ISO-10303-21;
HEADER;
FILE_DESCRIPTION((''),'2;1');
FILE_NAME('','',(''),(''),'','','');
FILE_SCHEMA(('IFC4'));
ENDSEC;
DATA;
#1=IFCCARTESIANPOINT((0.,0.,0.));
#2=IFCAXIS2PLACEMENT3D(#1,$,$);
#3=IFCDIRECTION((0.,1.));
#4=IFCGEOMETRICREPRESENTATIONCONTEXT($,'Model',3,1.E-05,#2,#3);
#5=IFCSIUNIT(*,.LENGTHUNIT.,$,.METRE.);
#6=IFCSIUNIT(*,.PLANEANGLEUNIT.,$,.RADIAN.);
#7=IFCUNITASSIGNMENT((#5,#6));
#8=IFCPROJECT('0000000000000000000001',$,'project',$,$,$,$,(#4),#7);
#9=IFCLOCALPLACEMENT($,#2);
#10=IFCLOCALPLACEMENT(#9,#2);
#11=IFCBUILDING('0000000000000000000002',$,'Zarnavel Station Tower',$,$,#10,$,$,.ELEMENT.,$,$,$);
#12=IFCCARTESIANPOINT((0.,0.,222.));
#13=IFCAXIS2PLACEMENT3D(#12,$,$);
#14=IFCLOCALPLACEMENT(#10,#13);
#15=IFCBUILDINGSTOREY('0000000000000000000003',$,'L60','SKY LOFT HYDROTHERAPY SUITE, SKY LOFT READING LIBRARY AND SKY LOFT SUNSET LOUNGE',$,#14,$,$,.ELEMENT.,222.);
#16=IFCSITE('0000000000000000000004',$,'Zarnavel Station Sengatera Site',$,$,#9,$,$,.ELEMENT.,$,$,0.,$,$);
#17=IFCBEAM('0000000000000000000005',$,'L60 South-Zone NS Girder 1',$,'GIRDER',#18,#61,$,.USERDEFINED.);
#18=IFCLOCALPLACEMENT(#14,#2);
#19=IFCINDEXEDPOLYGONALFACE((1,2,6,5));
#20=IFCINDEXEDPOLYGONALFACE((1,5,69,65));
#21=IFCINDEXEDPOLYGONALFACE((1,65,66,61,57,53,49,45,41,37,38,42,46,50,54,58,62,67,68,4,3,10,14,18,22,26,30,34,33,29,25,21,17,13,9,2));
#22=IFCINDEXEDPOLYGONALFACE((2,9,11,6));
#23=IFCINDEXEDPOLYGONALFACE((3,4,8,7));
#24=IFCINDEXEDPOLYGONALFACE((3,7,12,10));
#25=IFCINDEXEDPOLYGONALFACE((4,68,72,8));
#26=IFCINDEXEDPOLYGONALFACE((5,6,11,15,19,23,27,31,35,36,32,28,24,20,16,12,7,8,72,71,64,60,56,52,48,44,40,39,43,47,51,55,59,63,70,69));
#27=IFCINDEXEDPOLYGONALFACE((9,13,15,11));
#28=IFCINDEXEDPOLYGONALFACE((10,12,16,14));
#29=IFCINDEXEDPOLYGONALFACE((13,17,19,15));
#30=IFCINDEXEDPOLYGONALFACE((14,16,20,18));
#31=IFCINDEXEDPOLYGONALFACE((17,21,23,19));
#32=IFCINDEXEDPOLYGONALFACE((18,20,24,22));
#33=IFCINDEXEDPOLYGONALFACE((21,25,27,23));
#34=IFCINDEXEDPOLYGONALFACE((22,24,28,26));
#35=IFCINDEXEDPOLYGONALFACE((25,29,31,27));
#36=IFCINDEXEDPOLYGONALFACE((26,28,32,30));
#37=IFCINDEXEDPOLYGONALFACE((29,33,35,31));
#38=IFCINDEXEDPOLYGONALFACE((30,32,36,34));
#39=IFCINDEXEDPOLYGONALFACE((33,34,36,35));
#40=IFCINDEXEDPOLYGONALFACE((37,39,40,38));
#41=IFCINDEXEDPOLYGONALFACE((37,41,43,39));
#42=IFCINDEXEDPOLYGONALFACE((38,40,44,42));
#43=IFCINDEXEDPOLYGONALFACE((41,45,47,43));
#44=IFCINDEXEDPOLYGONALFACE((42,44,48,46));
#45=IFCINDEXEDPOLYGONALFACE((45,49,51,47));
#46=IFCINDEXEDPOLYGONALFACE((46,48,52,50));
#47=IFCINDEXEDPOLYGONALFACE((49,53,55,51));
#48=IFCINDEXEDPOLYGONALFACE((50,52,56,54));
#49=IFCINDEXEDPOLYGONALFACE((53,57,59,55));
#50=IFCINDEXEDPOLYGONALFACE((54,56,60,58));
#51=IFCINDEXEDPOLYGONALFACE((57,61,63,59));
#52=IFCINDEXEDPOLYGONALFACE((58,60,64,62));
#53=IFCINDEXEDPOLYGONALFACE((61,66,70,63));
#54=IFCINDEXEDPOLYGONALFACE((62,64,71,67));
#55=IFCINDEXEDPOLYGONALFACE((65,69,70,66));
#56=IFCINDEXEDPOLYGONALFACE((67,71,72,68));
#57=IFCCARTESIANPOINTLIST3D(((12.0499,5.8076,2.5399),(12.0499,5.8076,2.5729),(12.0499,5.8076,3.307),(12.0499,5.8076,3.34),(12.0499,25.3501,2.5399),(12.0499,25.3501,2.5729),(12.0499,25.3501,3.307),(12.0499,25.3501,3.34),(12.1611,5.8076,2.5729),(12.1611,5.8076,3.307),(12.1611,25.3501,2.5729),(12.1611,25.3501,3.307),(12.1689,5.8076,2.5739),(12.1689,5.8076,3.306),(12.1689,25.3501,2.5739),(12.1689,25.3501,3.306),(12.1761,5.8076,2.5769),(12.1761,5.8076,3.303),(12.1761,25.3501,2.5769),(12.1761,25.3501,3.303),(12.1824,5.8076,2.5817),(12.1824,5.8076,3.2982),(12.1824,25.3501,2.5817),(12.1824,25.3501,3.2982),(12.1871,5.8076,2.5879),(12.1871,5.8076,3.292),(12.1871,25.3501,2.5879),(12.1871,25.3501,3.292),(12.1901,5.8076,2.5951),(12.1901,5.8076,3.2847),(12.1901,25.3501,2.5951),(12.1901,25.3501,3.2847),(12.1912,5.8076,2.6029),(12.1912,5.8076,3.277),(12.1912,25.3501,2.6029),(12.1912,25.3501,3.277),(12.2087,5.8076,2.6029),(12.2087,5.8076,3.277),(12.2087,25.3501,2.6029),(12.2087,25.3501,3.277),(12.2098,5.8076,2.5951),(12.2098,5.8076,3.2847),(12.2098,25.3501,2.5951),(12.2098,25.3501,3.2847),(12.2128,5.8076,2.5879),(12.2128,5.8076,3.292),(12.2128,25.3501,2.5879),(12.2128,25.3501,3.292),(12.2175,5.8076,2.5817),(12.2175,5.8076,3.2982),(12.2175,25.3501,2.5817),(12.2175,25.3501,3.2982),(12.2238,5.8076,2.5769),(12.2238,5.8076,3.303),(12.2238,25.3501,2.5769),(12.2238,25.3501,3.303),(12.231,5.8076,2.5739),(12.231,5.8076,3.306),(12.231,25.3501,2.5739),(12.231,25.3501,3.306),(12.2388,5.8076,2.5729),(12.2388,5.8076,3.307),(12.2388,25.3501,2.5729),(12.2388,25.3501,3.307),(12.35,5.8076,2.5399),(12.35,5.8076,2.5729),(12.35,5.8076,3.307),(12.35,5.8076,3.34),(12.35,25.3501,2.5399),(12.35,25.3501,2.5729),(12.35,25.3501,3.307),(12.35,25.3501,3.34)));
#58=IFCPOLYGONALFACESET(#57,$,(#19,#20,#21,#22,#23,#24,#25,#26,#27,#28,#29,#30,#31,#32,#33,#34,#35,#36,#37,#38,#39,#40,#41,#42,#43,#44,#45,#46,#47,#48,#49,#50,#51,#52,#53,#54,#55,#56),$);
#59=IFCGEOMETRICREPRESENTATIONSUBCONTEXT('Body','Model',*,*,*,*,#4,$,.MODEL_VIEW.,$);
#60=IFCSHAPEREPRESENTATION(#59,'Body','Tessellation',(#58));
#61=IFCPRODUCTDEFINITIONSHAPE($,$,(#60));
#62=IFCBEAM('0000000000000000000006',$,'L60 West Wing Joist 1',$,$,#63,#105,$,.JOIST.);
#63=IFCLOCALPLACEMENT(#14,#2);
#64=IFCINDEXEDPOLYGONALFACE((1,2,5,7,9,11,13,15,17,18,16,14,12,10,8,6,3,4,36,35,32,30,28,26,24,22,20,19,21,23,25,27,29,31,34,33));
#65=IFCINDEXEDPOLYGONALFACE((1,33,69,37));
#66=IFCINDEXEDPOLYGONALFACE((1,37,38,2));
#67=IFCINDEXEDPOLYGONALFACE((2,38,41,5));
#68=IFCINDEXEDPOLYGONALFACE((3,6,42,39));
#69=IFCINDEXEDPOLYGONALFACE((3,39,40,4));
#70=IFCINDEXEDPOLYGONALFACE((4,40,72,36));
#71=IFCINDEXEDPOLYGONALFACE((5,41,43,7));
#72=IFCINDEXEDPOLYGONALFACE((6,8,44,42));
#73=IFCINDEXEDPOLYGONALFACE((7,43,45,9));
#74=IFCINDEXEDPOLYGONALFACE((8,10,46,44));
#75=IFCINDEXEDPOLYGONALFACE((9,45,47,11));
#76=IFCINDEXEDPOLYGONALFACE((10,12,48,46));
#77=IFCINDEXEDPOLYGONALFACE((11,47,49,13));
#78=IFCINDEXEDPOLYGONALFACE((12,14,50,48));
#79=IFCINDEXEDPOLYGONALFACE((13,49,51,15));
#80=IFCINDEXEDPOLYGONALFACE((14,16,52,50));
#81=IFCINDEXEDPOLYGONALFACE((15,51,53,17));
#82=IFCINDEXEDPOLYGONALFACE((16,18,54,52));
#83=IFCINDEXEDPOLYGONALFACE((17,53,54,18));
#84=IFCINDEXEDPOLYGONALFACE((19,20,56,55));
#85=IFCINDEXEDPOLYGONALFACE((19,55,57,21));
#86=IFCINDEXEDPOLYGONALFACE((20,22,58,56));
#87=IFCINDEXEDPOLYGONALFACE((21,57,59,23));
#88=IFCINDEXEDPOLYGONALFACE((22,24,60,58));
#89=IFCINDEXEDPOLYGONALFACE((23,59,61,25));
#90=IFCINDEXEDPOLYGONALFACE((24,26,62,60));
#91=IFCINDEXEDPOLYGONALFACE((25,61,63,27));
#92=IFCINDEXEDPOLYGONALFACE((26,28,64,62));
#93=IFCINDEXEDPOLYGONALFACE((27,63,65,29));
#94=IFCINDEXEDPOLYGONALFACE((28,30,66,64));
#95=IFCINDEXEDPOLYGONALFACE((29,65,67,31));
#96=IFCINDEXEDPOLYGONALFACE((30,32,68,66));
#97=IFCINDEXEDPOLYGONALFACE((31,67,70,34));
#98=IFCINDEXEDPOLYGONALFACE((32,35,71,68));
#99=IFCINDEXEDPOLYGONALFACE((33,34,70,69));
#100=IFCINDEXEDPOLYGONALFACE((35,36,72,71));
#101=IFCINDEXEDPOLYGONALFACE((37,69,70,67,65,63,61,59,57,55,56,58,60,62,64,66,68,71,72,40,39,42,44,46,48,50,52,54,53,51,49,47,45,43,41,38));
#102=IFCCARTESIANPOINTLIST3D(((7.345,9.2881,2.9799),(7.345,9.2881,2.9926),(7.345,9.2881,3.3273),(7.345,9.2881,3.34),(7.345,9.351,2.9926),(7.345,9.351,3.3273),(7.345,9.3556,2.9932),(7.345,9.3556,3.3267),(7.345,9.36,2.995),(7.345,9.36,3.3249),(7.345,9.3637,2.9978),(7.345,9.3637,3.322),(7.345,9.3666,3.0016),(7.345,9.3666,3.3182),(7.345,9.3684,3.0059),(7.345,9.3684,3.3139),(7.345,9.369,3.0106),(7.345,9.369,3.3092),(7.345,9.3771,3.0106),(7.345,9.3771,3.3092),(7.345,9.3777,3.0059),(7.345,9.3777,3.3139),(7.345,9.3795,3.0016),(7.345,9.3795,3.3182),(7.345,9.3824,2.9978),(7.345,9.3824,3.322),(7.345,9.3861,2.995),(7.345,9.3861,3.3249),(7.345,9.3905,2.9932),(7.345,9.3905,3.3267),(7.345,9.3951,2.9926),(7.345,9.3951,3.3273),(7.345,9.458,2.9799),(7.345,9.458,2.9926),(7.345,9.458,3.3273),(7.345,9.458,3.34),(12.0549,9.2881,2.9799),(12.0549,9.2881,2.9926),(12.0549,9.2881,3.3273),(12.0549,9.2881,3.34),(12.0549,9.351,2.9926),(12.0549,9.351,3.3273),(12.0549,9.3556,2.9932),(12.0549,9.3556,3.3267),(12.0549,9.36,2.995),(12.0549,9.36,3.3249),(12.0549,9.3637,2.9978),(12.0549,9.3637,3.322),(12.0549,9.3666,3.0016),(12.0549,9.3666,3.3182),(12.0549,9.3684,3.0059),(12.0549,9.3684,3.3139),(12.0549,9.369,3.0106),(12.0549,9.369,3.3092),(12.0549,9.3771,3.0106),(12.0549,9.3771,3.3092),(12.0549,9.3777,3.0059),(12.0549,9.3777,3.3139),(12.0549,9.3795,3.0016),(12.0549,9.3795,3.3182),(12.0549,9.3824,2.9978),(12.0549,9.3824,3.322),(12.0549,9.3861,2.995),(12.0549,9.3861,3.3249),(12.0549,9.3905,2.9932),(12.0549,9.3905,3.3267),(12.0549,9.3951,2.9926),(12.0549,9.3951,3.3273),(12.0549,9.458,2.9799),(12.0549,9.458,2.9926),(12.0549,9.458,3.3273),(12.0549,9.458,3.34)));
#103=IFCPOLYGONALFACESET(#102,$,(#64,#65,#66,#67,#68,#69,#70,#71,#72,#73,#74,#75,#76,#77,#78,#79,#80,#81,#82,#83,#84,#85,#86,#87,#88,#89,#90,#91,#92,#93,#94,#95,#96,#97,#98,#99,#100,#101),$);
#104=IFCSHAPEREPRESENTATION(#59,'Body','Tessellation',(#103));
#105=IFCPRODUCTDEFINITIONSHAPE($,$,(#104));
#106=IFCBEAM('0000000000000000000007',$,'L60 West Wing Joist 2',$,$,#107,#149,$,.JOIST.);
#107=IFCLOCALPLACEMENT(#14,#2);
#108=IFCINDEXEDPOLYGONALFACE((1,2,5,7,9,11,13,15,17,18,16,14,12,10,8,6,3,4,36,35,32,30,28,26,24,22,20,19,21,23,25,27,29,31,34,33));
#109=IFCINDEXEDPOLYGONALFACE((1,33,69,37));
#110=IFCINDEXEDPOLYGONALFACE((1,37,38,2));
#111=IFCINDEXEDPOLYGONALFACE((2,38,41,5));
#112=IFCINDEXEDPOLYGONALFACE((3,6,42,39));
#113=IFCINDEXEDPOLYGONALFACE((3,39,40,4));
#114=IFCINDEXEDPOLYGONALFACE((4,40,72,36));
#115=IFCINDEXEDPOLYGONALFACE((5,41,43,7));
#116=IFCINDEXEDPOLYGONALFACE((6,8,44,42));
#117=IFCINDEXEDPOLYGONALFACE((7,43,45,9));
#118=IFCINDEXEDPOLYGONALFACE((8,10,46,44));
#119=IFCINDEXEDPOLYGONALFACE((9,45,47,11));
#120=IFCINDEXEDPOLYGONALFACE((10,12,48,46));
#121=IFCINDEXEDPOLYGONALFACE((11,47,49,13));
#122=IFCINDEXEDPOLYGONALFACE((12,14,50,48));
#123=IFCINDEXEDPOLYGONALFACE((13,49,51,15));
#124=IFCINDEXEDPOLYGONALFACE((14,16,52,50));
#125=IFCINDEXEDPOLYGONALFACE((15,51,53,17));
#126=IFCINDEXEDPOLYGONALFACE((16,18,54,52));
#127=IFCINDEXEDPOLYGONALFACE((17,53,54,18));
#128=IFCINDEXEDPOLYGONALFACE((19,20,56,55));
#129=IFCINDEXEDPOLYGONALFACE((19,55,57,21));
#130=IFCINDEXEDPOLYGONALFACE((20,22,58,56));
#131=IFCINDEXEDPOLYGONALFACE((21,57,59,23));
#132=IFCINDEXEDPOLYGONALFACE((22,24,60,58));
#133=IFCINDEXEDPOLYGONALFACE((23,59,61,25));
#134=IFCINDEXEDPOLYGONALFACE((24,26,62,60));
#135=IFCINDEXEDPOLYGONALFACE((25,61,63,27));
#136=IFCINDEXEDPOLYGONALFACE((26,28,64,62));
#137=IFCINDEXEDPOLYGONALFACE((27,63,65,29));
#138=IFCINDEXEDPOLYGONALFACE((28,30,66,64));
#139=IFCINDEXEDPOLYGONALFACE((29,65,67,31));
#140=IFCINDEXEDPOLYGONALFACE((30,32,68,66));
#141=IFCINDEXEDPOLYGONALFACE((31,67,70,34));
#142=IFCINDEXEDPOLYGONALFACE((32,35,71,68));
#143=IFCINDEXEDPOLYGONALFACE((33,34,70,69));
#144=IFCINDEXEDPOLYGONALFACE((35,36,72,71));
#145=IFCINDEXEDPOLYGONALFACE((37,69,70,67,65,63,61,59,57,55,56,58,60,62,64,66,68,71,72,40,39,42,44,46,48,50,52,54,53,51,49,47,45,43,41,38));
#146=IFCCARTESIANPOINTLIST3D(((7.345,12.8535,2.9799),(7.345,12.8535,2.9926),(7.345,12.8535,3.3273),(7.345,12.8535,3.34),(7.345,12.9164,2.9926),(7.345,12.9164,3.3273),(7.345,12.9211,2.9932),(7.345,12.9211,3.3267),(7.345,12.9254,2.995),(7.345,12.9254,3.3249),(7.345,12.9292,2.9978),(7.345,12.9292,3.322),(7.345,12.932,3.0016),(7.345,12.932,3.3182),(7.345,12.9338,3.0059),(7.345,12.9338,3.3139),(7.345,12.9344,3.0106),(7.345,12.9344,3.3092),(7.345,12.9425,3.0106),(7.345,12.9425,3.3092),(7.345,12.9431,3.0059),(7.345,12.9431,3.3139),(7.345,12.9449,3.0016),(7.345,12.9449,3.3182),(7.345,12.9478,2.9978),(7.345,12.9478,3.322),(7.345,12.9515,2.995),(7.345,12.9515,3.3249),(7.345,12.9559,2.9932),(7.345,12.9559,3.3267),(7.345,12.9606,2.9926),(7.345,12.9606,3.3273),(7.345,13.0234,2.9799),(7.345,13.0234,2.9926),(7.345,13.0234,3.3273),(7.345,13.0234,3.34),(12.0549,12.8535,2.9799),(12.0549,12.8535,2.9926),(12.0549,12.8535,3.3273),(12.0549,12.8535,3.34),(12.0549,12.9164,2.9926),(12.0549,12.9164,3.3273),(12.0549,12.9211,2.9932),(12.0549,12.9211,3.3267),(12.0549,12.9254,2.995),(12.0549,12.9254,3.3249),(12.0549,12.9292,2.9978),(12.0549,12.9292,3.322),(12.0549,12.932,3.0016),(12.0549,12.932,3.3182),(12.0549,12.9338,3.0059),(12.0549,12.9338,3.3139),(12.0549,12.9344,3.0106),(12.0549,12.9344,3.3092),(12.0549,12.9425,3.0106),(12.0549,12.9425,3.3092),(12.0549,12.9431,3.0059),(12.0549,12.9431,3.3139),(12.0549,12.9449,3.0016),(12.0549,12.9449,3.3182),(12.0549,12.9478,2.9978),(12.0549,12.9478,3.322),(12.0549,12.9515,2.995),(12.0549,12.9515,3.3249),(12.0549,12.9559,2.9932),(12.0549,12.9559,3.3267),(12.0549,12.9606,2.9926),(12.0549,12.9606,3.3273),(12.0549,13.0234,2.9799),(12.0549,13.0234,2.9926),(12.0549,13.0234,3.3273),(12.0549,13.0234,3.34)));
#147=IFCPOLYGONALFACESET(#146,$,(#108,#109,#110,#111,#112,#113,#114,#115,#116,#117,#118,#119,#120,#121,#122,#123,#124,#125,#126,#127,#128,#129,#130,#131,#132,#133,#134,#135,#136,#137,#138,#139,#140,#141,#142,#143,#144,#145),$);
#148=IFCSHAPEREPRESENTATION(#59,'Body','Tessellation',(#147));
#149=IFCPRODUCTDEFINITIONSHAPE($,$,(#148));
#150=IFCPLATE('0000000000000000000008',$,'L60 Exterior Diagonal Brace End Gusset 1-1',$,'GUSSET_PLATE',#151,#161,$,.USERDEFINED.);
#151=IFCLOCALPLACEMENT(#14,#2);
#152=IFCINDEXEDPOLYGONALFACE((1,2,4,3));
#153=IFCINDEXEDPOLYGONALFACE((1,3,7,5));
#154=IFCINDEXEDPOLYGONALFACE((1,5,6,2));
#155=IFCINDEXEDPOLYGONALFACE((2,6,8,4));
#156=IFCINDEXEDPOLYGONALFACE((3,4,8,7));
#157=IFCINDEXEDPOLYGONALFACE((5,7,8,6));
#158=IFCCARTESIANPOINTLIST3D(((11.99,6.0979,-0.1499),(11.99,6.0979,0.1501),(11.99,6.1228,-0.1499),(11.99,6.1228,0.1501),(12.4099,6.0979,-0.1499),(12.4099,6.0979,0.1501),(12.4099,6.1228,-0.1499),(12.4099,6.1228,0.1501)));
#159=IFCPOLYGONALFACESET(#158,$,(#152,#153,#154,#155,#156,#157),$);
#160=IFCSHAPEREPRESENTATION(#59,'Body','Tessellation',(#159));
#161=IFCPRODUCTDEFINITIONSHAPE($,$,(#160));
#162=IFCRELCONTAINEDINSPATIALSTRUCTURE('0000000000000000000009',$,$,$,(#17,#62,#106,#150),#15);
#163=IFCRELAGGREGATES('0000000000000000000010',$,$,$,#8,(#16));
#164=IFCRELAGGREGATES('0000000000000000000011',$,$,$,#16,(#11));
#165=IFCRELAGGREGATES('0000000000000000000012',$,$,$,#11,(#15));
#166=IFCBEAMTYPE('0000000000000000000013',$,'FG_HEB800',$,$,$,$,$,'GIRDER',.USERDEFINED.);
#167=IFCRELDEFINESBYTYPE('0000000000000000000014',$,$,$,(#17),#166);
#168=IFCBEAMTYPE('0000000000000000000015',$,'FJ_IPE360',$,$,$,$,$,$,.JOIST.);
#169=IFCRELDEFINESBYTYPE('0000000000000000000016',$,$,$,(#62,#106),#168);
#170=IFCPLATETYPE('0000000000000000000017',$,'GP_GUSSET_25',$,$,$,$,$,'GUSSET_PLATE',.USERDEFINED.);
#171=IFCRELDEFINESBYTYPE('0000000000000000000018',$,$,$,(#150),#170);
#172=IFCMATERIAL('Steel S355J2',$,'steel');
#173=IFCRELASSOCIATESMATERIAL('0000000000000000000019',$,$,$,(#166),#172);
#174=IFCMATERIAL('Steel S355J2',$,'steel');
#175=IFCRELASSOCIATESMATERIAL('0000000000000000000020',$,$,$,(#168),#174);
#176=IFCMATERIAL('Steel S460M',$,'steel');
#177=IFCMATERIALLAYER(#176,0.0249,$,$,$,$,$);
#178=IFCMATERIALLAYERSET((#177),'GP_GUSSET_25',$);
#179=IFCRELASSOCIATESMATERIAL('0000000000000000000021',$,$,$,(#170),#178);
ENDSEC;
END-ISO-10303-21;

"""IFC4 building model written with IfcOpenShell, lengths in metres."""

from ifc_helpers import new_model, si_unit, direction, frame, origin, origin_2d, place, context, subcontext, project, spatial, rectangle, i_section, extrude, material, layer, layer_set, material_profile, profile_set, type_object, element, save


model = new_model("IFC4")

# Units and contexts
model_context = context("Model", 3, precision=1e-05, world=origin(), true_north=direction((0.0, 1.0)))
body_context = subcontext(model_context, "Body", "Model", "MODEL_VIEW")
ifc_project = project(units=[si_unit("LENGTHUNIT", "METRE"), si_unit("PLANEANGLEUNIT", "RADIAN")], contexts=[model_context])

# Site, building, storey
site_placement = place(None, origin())
site = spatial("IfcSite", under=ifc_project, at=site_placement, Name="Zarnavel Station Sengatera Site", CompositionType="ELEMENT", RefElevation=0.0)
building_placement = place(site_placement, origin())
building = spatial("IfcBuilding", under=site, at=building_placement, Name="Zarnavel Station Tower", CompositionType="ELEMENT")
storey_placement = place(building_placement, frame((0.0, 0.0, 222.0)))
storey = spatial("IfcBuildingStorey", under=building, at=storey_placement, Name="L60", Description="SKY LOFT HYDROTHERAPY SUITE, SKY LOFT READING LIBRARY AND SKY LOFT SUNSET LOUNGE", CompositionType="ELEMENT", Elevation=222.0)

# Beams
ifc_material_1 = material(Name="Steel S355J2", Category="steel")
ifc_material_profile_1 = material_profile(ifc_material_1, i_section(OverallWidth=0.3, OverallDepth=0.8, WebThickness=0.0176, FlangeThickness=0.033, FilletRadius=0.03, at=origin_2d()), Name="HEB800")
ifc_profile_set_1 = profile_set([ifc_material_profile_1], Name="Steel S355J2")
beam_type_1 = type_object("IfcBeamType", Name="FG_HEB800", ElementType="GIRDER", PredefinedType="USERDEFINED", material=ifc_profile_set_1)
beam_1_placement = place(storey_placement, frame((12.2, 5.8076, 2.9399), z_axis=(0.0, 1.0, 0.0), x_axis=(-1.0, 0.0, 0.0)))
element("IfcBeam", 1, at=beam_1_placement, inside=storey, type_object=beam_type_1, Name="L60 South-Zone NS Girder 1", ObjectType="GIRDER", PredefinedType="USERDEFINED", context=body_context, shape_type="SweptSolid", body=[
    extrude(i_section(OverallWidth=0.3, OverallDepth=0.8, WebThickness=0.0176, FlangeThickness=0.033, FilletRadius=0.03, at=origin_2d()), origin(), (0.0, 0.0, 1.0), 19.5425),
])
ifc_material_2 = material(Name="Steel S355J2", Category="steel")
ifc_material_profile_2 = material_profile(ifc_material_2, i_section(OverallWidth=0.1699, OverallDepth=0.3601, WebThickness=0.0081, FlangeThickness=0.0127, FilletRadius=0.0181, at=origin_2d()), Name="IPE360")
ifc_profile_set_2 = profile_set([ifc_material_profile_2], Name="Steel S355J2")
beam_type_2 = type_object("IfcBeamType", Name="FJ_IPE360", PredefinedType="JOIST", material=ifc_profile_set_2)
for number, where, z_axis, x_axis, name in (
    (2, (7.345, 9.373, 3.1599), (1.0, 0.0, 0.0), (0.0, 1.0, 0.0), "L60 West Wing Joist 1"),
    (3, (7.345, 12.9385, 3.1599), (1.0, 0.0, 0.0), (0.0, 1.0, 0.0), "L60 West Wing Joist 2"),
):
    element("IfcBeam", number, at=place(storey_placement, frame(where, z_axis=z_axis, x_axis=x_axis)), inside=storey, type_object=beam_type_2, Name=name, PredefinedType="JOIST", context=body_context, shape_type="SweptSolid", body=[
        extrude(i_section(OverallWidth=0.1699, OverallDepth=0.3601, WebThickness=0.0081, FlangeThickness=0.0127, FilletRadius=0.0181, at=origin_2d()), origin(), (0.0, 0.0, 1.0), 4.71),
    ])

# Plate
ifc_material_3 = material(Name="Steel S460M", Category="steel")
ifc_layer_1 = layer(ifc_material_3, 0.0249)
ifc_layer_set_1 = layer_set([ifc_layer_1], Name="GP_GUSSET_25")
plate_type = type_object("IfcPlateType", Name="GP_GUSSET_25", ElementType="GUSSET_PLATE", PredefinedType="USERDEFINED", material=ifc_layer_set_1)
plate_placement = place(storey_placement, frame((12.2, 6.1104, -0.1499), z_axis=(0.0, 0.0, 1.0), x_axis=(1.0, 0.0, 0.0)))
element("IfcPlate", 4, at=plate_placement, inside=storey, type_object=plate_type, Name="L60 Exterior Diagonal Brace End Gusset 1-1", ObjectType="GUSSET_PLATE", PredefinedType="USERDEFINED", context=body_context, shape_type="SweptSolid", body=[
    extrude(rectangle(XDim=0.4199, YDim=0.0249, at=origin_2d()), origin(), (0.0, 0.0, 1.0), 0.3),
])

save(model, "model.ifc")
